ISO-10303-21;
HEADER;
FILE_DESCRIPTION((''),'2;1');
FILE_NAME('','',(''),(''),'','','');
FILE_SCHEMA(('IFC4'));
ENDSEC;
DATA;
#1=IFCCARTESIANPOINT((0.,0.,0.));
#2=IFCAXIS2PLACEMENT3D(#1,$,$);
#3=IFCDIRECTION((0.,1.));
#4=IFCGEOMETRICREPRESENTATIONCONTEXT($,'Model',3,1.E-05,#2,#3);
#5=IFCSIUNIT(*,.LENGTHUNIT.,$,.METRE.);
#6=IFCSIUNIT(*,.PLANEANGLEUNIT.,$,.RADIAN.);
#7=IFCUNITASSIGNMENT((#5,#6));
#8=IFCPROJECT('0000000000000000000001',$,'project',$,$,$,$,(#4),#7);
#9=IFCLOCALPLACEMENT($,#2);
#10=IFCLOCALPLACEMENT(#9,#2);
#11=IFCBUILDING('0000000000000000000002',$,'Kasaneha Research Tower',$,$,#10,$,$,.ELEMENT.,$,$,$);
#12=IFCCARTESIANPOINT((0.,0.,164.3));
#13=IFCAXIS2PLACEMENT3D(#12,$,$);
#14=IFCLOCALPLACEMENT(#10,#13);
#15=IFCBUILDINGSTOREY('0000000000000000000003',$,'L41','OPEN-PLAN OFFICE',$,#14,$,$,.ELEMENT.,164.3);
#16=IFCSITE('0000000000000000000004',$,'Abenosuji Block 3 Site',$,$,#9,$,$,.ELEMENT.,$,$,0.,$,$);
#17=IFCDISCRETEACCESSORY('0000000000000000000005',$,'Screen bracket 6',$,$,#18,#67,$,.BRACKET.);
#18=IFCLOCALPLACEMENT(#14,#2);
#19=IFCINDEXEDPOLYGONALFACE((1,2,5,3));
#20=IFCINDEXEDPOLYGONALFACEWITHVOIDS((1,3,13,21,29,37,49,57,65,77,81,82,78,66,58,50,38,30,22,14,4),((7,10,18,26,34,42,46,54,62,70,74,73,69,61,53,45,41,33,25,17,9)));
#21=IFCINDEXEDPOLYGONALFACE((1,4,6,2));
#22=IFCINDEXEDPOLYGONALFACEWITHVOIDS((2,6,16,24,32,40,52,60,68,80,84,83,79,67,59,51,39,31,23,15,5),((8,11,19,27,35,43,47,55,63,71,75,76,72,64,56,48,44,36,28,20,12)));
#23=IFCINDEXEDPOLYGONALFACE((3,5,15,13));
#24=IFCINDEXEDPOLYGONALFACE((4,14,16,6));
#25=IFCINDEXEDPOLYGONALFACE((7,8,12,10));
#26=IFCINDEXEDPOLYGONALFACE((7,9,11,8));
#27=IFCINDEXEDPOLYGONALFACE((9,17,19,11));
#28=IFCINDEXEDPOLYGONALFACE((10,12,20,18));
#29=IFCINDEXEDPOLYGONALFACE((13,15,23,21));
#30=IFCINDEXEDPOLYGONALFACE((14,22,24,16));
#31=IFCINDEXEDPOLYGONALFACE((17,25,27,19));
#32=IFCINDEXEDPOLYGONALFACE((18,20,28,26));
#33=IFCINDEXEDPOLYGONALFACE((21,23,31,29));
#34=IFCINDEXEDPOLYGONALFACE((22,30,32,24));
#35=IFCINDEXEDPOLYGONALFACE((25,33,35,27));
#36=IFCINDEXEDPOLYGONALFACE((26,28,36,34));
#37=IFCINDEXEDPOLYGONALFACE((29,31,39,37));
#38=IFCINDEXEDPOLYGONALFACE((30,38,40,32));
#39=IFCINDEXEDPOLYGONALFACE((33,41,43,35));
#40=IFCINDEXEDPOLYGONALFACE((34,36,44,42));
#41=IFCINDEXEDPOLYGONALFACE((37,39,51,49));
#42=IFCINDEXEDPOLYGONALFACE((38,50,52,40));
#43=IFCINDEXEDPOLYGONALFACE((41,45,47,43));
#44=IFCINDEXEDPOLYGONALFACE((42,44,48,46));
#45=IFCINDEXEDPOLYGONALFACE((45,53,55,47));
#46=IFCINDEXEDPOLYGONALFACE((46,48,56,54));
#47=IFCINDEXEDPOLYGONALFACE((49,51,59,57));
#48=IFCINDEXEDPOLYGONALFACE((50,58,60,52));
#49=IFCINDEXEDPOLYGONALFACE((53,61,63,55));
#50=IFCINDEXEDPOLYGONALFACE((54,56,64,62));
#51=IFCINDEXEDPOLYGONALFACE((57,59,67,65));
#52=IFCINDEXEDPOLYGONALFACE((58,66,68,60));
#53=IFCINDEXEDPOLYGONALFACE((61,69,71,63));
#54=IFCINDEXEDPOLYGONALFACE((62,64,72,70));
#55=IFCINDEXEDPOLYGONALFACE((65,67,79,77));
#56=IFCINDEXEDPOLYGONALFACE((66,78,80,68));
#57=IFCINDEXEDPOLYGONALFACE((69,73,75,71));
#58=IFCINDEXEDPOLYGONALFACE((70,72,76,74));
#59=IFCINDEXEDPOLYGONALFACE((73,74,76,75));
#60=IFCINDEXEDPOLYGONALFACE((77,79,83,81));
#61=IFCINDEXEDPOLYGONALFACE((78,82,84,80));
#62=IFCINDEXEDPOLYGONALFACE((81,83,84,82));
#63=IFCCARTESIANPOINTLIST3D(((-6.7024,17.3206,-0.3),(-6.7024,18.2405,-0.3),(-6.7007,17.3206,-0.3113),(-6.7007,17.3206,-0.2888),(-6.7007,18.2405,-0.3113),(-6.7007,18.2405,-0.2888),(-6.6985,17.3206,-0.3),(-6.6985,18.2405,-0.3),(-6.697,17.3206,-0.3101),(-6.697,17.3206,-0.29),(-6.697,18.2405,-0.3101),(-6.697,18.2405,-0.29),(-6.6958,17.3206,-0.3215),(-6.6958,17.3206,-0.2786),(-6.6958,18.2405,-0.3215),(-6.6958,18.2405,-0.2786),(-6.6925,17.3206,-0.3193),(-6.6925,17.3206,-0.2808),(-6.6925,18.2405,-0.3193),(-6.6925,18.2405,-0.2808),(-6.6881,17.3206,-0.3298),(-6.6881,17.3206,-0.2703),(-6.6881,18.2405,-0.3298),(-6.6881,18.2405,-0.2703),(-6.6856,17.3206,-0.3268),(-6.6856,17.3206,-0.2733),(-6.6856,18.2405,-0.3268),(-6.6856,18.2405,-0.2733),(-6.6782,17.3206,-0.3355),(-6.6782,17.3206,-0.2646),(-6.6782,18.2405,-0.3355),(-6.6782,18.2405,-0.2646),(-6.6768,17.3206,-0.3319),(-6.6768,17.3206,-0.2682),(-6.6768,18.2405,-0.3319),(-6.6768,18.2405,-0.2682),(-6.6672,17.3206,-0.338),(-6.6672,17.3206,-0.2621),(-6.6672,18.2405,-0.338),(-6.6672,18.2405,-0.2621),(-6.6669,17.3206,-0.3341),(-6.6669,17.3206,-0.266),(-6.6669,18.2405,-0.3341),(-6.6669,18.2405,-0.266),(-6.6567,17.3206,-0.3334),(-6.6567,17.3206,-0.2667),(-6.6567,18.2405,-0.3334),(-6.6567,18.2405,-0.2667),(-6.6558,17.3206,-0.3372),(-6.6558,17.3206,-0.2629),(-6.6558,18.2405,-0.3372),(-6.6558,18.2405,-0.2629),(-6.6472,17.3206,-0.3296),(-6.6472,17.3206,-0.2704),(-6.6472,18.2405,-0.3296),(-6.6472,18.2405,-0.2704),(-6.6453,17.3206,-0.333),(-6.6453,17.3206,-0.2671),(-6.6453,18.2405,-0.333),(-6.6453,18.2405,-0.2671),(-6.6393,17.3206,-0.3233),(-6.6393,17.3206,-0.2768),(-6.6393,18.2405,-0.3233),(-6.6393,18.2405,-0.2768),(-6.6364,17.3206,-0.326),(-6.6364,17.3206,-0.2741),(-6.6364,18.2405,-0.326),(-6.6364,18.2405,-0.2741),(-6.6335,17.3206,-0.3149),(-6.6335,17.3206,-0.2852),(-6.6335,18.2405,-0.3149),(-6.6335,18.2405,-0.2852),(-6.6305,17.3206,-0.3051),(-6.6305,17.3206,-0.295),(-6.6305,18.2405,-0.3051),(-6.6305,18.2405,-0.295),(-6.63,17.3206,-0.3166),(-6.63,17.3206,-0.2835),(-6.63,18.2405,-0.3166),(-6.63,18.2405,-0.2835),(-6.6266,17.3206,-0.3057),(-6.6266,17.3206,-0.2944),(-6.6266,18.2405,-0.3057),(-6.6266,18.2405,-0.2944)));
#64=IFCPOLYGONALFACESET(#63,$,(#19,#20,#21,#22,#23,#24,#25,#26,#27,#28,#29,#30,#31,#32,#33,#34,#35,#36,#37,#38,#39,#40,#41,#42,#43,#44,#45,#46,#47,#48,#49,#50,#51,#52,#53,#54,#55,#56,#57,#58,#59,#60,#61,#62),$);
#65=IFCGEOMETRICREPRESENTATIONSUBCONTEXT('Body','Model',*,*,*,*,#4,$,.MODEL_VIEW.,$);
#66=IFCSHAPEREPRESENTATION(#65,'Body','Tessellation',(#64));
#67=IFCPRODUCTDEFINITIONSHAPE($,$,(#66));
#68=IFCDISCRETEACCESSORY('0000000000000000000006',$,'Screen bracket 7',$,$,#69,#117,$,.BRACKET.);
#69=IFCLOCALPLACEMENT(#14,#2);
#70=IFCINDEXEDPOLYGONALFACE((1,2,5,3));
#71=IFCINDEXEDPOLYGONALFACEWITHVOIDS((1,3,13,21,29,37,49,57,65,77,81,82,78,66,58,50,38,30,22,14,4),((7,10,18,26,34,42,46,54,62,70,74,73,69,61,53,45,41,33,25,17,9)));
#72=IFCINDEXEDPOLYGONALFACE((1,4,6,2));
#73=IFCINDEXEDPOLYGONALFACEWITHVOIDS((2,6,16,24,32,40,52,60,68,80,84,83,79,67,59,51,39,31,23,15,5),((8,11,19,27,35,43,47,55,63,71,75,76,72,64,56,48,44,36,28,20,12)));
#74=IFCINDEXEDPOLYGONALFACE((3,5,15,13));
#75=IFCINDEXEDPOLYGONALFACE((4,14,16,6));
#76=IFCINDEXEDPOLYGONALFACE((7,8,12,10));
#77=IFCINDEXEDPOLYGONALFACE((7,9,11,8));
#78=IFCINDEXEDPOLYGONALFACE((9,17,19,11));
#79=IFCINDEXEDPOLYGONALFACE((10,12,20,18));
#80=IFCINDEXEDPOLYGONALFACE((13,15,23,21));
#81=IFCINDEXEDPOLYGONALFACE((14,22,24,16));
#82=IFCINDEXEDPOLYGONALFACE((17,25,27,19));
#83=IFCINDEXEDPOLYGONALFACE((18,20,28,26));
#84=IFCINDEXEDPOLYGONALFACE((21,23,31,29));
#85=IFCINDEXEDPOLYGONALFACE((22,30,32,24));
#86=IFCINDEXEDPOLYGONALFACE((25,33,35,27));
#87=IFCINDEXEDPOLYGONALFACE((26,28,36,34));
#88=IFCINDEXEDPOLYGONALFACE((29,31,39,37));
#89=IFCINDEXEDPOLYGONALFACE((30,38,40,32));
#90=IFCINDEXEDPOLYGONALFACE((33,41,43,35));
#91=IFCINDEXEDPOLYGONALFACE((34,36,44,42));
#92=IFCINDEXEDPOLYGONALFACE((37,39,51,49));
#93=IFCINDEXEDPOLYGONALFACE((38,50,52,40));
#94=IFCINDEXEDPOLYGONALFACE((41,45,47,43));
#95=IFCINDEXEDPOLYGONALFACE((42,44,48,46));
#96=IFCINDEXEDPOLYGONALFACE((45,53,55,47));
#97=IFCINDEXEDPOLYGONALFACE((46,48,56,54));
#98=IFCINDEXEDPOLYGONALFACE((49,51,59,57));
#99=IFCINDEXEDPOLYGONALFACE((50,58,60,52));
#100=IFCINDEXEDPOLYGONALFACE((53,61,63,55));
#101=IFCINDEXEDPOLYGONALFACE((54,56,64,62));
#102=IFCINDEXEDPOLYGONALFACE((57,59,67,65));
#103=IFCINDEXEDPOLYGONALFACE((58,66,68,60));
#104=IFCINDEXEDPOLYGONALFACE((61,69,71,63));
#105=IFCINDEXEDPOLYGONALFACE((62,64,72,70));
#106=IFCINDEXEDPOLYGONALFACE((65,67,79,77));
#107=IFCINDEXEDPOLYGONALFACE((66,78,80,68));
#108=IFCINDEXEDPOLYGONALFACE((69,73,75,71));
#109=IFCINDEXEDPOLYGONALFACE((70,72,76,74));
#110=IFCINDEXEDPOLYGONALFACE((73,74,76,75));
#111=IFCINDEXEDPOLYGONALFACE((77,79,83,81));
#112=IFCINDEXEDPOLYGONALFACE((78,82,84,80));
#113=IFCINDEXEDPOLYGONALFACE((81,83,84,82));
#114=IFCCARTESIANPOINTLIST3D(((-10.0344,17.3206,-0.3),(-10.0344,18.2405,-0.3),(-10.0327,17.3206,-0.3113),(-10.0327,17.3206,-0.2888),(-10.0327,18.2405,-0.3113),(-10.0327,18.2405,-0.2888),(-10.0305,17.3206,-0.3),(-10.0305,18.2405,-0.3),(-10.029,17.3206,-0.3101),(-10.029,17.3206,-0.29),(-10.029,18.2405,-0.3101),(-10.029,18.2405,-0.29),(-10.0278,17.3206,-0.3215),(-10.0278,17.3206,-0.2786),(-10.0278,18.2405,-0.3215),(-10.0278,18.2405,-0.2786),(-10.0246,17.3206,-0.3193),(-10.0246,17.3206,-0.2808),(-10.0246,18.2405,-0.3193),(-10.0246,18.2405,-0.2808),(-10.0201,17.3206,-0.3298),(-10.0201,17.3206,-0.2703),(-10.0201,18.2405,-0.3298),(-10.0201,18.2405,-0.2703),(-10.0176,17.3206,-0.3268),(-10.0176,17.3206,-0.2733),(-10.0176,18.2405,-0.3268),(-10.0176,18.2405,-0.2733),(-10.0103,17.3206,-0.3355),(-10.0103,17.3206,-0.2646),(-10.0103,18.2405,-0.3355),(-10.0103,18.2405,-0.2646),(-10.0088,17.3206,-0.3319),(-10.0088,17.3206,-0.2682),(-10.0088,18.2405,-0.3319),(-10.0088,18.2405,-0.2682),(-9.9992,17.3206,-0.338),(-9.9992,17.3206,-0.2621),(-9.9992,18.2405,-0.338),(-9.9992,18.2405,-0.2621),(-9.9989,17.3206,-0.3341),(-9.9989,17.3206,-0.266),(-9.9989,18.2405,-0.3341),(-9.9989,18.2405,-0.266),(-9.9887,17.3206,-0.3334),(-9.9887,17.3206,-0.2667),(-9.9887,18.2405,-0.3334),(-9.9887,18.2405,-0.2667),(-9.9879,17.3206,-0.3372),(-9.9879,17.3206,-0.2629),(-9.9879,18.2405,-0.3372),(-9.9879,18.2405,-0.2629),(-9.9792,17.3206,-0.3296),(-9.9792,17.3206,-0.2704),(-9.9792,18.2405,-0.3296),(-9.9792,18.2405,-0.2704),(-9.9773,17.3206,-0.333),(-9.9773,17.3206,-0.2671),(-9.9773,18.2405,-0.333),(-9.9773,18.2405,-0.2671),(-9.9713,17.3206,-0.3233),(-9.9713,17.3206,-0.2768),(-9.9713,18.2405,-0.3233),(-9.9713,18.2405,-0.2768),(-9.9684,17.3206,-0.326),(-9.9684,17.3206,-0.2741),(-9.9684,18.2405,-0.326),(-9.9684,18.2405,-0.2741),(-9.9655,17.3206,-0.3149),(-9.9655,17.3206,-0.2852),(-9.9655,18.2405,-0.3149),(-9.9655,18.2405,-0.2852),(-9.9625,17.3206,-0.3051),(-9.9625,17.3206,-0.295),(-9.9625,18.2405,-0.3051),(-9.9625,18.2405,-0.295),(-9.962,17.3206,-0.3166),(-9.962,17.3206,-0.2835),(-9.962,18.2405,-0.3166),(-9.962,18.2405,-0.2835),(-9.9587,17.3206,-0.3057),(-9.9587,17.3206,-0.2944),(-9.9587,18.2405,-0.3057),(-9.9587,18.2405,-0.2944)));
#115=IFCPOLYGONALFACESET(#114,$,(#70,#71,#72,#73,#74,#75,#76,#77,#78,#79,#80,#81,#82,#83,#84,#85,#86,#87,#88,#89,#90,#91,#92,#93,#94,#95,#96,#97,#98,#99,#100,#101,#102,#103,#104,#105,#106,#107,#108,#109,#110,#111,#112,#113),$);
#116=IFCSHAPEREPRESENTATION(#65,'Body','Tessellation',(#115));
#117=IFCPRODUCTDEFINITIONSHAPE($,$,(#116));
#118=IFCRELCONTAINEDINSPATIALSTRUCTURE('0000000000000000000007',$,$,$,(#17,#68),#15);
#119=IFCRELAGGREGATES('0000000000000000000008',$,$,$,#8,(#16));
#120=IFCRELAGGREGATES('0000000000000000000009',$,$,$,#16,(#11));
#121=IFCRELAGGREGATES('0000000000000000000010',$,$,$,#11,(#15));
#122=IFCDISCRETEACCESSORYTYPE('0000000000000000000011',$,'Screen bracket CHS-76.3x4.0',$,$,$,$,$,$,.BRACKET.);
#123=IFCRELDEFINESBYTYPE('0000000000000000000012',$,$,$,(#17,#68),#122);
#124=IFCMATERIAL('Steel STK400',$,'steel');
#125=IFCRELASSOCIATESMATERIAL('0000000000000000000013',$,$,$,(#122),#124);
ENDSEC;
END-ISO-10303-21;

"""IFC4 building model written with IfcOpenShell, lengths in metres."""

from ifc_helpers import new_model, si_unit, direction, frame, origin, origin_2d, place, context, subcontext, project, spatial, hollow_circle, extrude, material, material_profile, profile_set, type_object, element, save


model = new_model("IFC4")

# Units and contexts
model_context = context("Model", 3, precision=1e-05, world=origin(), true_north=direction((0.0, 1.0)))
body_context = subcontext(model_context, "Body", "Model", "MODEL_VIEW")
ifc_project = project(units=[si_unit("LENGTHUNIT", "METRE"), si_unit("PLANEANGLEUNIT", "RADIAN")], contexts=[model_context])

# Site, building, storey
site_placement = place(None, origin())
site = spatial("IfcSite", under=ifc_project, at=site_placement, Name="Abenosuji Block 3 Site", CompositionType="ELEMENT", RefElevation=0.0)
building_placement = place(site_placement, origin())
building = spatial("IfcBuilding", under=site, at=building_placement, Name="Kasaneha Research Tower", CompositionType="ELEMENT")
storey_placement = place(building_placement, frame((0.0, 0.0, 164.3)))
storey = spatial("IfcBuildingStorey", under=building, at=storey_placement, Name="L41", Description="OPEN-PLAN OFFICE", CompositionType="ELEMENT", Elevation=164.3)

# Discrete accessories
ifc_material_1 = material(Name="Steel STK400", Category="steel")
ifc_material_profile_1 = material_profile(ifc_material_1, hollow_circle(Radius=0.0381, WallThickness=0.0039, at=origin_2d()), Name="CHS-76.3x4.0")
ifc_profile_set_1 = profile_set([ifc_material_profile_1], Name="Steel STK400")
discrete_accessory_type = type_object("IfcDiscreteAccessoryType", Name="Screen bracket CHS-76.3x4.0", PredefinedType="BRACKET", material=ifc_profile_set_1)
for number, where, z_axis, x_axis, name in (
    (1, (-6.6643, 17.3206, -0.3), (0.0, 1.0, 0.0), (-1.0, 0.0, 0.0), "Screen bracket 6"),
    (2, (-9.9963, 17.3206, -0.3), (0.0, 1.0, 0.0), (-1.0, 0.0, 0.0), "Screen bracket 7"),
):
    element("IfcDiscreteAccessory", number, at=place(storey_placement, frame(where, z_axis=z_axis, x_axis=x_axis)), inside=storey, type_object=discrete_accessory_type, Name=name, PredefinedType="BRACKET", context=body_context, shape_type="SweptSolid", body=[
        extrude(hollow_circle(Radius=0.0381, WallThickness=0.0039, at=origin_2d()), origin(), (0.0, 0.0, 1.0), 0.9199),
    ])

save(model, "model.ifc")
